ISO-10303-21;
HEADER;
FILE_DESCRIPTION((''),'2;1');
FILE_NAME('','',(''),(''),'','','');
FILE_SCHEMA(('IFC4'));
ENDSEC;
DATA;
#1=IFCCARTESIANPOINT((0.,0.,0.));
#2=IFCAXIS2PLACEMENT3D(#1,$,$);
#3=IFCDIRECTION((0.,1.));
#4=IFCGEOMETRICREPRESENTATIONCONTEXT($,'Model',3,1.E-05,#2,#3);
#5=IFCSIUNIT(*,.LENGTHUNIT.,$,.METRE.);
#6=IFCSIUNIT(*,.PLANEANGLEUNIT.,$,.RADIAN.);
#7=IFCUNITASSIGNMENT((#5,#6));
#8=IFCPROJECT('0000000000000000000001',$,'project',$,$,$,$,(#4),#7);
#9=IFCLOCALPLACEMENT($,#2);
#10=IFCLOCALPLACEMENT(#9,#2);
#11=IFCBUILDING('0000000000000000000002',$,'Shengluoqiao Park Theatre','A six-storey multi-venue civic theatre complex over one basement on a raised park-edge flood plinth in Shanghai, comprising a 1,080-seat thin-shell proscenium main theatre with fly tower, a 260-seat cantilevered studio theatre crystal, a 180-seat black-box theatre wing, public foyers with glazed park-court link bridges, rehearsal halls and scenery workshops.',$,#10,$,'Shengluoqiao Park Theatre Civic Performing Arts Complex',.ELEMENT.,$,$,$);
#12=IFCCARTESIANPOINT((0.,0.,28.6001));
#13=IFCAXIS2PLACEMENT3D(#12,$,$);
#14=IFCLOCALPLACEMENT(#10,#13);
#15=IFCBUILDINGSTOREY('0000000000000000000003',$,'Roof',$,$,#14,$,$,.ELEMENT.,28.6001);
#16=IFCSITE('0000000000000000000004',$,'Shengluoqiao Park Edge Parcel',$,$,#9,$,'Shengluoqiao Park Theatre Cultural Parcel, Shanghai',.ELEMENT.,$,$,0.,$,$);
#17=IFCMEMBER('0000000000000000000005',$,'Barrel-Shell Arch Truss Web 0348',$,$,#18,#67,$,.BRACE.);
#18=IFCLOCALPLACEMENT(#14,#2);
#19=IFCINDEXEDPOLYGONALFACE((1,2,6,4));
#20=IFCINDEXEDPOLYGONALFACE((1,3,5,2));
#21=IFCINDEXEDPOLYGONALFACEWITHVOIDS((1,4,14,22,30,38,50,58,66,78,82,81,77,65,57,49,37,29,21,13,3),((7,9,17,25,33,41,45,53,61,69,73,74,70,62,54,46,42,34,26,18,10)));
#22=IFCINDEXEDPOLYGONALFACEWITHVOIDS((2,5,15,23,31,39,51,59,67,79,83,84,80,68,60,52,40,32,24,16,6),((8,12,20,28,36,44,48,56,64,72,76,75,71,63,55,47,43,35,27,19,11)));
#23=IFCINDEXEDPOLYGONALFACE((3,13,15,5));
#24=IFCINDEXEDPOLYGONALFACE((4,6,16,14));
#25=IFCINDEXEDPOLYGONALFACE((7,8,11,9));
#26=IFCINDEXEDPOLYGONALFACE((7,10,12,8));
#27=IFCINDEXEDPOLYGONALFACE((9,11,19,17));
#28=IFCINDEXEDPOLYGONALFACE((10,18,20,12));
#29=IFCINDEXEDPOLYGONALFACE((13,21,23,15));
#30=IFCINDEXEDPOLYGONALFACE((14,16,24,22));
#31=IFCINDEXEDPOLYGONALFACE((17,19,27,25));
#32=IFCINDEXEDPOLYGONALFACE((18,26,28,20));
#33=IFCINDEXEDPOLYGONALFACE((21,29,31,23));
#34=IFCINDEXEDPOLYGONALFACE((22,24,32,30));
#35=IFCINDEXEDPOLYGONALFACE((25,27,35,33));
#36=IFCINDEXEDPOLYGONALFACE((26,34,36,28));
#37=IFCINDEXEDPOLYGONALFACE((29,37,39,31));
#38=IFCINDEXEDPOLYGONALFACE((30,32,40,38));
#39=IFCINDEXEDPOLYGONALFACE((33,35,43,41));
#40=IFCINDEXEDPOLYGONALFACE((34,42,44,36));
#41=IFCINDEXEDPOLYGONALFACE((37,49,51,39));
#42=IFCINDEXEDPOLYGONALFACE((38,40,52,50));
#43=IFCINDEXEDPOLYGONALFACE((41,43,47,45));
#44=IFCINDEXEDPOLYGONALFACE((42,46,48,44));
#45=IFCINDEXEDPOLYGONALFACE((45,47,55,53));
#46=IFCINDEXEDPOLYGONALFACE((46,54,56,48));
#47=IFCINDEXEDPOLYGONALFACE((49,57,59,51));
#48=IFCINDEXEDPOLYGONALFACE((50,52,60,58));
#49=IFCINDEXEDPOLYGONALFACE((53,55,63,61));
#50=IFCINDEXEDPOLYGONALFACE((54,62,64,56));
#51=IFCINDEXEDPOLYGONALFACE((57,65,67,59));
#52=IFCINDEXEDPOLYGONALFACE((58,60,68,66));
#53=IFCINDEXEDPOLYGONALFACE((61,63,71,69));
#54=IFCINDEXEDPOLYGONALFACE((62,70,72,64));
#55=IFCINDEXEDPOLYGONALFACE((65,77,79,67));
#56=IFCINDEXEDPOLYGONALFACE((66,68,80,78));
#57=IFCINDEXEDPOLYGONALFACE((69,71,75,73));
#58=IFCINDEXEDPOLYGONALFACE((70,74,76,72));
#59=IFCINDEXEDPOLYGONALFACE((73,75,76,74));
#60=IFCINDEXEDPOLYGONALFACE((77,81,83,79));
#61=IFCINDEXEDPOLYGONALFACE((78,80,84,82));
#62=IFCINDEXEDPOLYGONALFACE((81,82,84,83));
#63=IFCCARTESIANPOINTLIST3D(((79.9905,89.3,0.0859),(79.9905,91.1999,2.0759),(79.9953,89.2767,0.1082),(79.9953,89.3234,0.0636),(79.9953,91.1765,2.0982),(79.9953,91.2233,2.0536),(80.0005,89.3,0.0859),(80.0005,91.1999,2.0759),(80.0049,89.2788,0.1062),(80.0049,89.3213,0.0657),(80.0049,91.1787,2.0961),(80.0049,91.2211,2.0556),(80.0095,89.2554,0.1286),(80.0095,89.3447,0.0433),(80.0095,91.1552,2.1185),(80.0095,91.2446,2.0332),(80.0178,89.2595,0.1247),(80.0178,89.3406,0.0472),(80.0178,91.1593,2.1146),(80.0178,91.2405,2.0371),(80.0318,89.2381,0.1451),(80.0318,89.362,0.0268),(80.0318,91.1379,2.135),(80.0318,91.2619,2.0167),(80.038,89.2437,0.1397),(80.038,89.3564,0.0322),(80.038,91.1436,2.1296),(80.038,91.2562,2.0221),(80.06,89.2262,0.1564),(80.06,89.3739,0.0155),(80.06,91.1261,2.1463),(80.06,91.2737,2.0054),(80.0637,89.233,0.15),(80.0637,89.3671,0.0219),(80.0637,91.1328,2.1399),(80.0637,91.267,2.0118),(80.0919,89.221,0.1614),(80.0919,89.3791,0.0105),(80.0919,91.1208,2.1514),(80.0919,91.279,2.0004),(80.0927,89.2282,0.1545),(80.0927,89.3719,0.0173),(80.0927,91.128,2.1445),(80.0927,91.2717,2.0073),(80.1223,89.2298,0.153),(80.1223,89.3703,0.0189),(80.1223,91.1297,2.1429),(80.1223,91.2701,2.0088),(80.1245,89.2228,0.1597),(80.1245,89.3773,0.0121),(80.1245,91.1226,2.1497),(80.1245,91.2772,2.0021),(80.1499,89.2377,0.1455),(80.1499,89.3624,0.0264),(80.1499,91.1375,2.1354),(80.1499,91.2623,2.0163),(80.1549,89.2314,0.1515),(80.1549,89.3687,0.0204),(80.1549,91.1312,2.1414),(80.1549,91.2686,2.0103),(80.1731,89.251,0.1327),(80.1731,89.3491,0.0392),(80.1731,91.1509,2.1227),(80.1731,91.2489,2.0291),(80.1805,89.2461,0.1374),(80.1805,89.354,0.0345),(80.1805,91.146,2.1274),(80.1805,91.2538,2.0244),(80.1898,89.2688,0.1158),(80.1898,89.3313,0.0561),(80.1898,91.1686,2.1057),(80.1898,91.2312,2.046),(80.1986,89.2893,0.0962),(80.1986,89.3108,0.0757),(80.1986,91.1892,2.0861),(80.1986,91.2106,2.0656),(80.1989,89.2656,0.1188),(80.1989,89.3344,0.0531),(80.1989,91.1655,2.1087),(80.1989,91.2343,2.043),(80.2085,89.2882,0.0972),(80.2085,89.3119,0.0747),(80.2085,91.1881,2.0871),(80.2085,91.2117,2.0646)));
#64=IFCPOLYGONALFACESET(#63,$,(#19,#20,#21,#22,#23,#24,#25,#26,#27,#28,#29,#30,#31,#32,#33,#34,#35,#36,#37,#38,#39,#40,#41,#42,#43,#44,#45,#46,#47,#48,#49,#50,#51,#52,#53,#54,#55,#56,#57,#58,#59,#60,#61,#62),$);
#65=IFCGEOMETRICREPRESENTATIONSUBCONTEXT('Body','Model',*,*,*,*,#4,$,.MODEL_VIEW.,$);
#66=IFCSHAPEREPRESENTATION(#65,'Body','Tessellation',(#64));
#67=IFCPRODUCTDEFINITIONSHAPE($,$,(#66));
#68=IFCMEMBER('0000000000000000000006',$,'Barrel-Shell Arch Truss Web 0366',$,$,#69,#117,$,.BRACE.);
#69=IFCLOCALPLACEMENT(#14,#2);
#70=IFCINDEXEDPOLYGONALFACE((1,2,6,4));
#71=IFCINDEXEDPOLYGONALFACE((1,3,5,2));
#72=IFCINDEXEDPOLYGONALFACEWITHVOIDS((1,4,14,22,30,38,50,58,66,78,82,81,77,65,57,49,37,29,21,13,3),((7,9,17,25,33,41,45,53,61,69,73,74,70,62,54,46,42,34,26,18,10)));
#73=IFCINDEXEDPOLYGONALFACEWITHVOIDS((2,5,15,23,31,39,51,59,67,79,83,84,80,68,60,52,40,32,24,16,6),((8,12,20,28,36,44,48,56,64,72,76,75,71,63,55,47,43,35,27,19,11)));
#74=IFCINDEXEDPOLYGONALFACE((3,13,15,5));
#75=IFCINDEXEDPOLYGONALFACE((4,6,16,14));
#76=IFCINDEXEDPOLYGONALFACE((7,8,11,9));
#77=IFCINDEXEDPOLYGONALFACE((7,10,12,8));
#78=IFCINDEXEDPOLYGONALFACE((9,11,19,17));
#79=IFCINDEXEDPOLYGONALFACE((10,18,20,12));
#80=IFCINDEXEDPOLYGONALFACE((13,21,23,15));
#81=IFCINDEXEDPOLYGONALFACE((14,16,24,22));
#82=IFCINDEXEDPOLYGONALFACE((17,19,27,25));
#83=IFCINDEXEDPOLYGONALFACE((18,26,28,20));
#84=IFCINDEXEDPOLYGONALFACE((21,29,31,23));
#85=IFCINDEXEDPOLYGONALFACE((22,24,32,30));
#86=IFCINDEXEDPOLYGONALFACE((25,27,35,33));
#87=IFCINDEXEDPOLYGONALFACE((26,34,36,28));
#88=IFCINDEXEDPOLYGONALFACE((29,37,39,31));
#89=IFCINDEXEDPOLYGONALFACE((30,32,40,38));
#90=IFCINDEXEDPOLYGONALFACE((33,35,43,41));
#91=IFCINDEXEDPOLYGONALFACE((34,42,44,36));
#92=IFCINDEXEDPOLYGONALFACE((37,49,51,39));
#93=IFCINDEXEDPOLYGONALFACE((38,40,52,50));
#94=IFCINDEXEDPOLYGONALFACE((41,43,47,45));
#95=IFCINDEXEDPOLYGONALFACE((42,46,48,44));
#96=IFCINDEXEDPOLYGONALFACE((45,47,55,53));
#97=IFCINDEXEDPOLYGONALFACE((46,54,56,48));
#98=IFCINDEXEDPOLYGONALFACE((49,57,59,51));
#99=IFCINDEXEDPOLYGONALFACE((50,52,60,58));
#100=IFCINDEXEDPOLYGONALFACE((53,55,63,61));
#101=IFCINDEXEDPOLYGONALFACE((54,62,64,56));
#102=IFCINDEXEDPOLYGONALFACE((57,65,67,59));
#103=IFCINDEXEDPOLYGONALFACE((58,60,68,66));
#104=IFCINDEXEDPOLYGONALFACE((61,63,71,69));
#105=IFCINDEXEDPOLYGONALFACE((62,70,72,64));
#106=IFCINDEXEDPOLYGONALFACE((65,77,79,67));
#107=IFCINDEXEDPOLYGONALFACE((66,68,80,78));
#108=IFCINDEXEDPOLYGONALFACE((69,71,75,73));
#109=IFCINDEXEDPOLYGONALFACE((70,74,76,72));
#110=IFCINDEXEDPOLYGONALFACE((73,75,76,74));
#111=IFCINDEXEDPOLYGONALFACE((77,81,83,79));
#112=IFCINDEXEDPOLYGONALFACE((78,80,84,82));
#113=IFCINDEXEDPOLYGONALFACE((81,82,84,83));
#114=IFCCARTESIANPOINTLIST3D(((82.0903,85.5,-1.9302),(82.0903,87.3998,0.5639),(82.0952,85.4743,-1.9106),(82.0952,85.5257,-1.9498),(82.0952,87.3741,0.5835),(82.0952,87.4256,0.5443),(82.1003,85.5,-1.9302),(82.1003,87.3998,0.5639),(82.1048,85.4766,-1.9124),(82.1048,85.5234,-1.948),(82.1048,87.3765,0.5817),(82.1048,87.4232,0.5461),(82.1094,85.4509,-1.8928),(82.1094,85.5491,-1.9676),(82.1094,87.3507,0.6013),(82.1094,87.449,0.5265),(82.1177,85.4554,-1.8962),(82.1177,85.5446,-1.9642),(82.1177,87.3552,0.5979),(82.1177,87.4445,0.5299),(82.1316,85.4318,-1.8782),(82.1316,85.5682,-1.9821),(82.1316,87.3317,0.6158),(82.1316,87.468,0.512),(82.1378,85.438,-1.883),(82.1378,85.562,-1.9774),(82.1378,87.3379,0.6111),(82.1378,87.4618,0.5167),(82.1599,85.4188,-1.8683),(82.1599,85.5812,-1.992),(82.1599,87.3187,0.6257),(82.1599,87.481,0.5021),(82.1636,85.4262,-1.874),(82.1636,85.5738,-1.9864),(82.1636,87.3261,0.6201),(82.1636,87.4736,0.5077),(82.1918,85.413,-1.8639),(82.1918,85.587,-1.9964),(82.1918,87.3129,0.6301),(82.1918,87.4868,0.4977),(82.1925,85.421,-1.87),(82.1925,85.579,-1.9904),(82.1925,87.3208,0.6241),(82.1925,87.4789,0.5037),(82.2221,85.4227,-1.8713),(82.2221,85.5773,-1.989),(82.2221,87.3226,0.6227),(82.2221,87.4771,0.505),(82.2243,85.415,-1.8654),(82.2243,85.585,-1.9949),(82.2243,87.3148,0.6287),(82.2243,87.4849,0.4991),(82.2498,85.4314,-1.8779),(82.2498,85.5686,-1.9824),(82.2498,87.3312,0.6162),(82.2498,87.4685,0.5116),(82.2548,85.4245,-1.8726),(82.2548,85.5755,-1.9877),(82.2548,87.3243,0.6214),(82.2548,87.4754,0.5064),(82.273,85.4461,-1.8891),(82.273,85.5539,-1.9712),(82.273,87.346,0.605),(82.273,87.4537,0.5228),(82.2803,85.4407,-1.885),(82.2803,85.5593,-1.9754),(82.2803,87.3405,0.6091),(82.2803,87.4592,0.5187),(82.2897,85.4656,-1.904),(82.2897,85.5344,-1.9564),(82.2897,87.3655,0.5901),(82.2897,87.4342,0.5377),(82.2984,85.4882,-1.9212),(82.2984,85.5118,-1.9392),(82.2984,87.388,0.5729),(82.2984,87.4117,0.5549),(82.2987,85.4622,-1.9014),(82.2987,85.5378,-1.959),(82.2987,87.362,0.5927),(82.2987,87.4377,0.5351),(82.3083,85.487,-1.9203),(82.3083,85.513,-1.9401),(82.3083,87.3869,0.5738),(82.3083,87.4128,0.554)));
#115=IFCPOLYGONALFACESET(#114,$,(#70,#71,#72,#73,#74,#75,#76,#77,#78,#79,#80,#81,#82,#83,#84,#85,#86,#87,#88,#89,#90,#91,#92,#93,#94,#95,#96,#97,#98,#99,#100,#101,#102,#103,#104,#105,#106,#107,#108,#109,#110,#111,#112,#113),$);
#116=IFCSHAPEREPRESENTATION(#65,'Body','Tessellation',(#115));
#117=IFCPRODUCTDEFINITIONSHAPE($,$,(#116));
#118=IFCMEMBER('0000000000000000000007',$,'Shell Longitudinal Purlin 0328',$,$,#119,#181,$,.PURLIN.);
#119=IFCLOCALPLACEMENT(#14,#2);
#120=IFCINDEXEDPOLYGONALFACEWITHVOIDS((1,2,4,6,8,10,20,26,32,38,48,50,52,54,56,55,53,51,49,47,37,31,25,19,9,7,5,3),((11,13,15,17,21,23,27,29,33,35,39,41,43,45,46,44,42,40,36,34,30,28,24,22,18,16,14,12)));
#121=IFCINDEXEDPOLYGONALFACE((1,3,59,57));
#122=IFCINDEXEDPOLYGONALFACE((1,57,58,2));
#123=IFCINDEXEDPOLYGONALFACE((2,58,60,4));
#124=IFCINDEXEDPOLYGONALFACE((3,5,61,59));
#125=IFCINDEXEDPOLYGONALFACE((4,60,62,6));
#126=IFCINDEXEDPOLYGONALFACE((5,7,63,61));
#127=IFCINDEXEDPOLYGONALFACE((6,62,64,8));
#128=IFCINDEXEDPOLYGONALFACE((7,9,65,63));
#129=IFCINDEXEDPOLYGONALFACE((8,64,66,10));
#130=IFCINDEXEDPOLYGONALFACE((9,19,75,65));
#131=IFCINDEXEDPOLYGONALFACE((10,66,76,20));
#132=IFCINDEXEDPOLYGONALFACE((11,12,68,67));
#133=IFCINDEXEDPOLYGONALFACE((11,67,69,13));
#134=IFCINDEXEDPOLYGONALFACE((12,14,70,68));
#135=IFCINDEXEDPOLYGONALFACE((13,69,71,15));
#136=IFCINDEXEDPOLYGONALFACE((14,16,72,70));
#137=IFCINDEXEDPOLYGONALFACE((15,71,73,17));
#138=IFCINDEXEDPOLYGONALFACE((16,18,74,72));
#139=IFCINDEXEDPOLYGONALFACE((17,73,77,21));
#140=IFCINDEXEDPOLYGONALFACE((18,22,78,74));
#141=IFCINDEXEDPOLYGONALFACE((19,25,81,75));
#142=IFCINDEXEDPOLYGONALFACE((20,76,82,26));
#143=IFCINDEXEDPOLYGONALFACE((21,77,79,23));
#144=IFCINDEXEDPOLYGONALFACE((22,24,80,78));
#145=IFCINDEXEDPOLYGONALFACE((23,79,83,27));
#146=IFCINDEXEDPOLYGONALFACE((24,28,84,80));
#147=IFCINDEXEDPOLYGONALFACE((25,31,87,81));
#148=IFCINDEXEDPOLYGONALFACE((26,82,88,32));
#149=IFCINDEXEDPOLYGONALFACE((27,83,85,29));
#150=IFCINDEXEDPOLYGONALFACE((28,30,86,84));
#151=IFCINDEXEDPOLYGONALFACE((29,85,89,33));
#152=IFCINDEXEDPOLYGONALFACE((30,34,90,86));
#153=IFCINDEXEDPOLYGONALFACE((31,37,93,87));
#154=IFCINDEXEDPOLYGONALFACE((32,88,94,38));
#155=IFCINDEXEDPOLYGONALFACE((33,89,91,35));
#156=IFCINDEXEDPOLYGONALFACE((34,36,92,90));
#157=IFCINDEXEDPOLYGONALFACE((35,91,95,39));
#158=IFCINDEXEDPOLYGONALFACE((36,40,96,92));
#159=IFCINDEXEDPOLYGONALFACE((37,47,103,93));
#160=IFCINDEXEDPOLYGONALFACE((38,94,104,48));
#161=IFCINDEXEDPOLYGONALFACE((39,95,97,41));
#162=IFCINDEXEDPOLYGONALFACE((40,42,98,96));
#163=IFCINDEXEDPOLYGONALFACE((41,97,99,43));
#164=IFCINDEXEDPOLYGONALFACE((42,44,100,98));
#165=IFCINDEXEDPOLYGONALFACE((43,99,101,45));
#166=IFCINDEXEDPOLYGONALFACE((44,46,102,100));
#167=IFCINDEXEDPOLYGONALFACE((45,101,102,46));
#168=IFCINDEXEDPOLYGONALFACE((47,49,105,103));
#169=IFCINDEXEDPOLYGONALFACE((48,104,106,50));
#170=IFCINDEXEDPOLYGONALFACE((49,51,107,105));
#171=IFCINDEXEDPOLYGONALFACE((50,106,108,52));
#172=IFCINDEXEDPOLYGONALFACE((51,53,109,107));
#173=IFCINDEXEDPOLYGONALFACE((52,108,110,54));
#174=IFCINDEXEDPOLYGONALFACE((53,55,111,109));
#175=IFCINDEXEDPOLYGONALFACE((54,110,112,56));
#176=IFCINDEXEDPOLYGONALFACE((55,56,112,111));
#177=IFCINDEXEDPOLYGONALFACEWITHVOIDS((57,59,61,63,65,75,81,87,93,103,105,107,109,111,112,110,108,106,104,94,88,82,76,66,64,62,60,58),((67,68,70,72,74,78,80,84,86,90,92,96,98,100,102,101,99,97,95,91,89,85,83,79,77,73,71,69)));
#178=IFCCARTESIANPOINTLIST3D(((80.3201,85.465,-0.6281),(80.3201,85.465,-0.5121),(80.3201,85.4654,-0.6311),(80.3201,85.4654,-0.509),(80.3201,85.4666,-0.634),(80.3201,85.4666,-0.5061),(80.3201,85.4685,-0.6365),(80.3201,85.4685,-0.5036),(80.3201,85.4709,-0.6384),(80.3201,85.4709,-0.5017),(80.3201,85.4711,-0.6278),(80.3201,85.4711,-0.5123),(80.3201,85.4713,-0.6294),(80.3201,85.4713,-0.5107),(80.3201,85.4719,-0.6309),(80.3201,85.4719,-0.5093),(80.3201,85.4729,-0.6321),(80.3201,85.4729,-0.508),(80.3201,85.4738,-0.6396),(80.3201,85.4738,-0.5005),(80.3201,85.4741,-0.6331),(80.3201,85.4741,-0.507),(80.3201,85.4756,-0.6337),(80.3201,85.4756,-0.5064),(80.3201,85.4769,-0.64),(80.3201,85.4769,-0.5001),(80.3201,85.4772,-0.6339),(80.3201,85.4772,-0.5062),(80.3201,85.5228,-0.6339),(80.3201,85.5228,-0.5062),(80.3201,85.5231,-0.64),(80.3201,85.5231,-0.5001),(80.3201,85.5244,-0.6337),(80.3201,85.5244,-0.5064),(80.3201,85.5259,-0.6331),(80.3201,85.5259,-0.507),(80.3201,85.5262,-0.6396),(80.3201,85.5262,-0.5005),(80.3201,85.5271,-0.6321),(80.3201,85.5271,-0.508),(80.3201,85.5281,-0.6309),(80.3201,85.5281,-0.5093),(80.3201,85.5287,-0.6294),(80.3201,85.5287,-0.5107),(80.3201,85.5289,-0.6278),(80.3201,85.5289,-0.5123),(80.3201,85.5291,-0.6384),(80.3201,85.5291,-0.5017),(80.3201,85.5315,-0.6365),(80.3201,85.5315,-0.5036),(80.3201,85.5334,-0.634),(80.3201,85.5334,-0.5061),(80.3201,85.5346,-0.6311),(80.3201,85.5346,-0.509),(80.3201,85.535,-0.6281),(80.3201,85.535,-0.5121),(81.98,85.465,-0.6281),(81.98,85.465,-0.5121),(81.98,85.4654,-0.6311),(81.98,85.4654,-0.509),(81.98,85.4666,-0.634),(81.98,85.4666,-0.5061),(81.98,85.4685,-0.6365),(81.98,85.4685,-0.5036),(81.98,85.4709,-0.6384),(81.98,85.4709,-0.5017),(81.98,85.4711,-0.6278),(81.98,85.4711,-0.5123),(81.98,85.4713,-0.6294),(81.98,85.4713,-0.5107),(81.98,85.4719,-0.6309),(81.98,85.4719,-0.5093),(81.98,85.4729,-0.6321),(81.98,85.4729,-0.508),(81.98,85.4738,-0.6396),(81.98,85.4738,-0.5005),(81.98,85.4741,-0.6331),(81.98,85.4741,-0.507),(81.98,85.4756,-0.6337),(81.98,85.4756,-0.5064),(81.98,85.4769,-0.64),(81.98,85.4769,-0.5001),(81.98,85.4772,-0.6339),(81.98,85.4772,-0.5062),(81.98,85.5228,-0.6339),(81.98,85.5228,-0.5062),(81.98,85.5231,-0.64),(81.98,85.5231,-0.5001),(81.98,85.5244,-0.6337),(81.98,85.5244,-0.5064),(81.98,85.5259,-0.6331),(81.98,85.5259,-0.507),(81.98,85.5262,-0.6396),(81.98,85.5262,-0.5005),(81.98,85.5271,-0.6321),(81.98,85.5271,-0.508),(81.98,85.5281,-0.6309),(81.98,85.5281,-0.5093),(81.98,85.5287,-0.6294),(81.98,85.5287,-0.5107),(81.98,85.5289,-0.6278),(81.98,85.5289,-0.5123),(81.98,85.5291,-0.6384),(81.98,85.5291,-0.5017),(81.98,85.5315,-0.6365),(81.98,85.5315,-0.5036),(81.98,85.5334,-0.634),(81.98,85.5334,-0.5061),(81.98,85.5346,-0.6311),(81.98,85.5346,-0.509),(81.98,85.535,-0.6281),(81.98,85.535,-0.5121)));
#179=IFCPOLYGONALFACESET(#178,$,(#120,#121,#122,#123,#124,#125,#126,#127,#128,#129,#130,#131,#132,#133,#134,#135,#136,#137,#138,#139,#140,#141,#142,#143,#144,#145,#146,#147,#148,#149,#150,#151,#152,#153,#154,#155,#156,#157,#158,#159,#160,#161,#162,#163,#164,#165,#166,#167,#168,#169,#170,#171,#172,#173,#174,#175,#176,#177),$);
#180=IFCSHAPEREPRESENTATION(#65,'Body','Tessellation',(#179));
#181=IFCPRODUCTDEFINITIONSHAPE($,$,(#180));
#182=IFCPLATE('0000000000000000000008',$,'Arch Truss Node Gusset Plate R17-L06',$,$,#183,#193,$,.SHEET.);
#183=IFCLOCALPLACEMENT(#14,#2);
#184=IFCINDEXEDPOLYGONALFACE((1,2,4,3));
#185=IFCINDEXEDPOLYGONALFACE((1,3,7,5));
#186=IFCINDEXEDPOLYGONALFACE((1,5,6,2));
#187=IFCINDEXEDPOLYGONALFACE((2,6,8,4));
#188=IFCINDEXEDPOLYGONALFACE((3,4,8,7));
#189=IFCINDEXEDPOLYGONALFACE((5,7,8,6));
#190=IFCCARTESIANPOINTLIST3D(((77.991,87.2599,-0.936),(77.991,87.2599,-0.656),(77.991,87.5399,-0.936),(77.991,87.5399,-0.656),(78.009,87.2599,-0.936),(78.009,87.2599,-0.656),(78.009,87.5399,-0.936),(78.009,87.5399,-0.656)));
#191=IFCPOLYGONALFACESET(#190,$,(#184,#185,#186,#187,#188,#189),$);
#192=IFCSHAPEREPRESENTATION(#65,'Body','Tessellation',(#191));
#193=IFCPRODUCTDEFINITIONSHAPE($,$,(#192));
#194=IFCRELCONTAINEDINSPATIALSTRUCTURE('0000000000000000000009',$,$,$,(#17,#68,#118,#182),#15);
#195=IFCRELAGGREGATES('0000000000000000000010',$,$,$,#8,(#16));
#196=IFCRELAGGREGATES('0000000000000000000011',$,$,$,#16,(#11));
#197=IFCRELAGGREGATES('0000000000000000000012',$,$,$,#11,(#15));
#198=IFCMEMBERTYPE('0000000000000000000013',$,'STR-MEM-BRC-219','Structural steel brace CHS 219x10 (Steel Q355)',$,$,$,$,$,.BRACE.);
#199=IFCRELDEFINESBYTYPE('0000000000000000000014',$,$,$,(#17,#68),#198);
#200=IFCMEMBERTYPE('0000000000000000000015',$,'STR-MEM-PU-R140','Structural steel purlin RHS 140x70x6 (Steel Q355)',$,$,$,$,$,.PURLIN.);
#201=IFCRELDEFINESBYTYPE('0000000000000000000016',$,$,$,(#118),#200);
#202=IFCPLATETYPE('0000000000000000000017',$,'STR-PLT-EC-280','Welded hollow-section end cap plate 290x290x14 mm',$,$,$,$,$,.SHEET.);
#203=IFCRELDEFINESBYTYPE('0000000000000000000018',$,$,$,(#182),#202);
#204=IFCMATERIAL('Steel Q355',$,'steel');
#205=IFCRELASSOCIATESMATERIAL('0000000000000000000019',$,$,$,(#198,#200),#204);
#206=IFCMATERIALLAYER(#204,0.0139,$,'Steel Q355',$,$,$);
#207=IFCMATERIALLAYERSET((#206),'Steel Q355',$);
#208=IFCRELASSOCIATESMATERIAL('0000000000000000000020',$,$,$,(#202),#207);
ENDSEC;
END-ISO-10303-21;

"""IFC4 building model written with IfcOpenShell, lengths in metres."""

from ifc_helpers import new_model, si_unit, direction, frame, origin, origin_2d, place, context, subcontext, project, spatial, rectangle, hollow_rectangle, hollow_circle, extrude, material, layer, layer_set, material_profile, profile_set, type_object, element, save


model = new_model("IFC4")

# Units and contexts
model_context = context("Model", 3, precision=1e-05, world=origin(), true_north=direction((0.0, 1.0)))
body_context = subcontext(model_context, "Body", "Model", "MODEL_VIEW")
ifc_project = project(units=[si_unit("LENGTHUNIT", "METRE"), si_unit("PLANEANGLEUNIT", "RADIAN")], contexts=[model_context])

# Site, building, storey
site_placement = place(None, origin())
site = spatial("IfcSite", under=ifc_project, at=site_placement, Name="Shengluoqiao Park Edge Parcel", LongName="Shengluoqiao Park Theatre Cultural Parcel, Shanghai", CompositionType="ELEMENT", RefElevation=0.0)
building_placement = place(site_placement, origin())
building = spatial("IfcBuilding", under=site, at=building_placement, Name="Shengluoqiao Park Theatre", Description="A six-storey multi-venue civic theatre complex over one basement on a raised park-edge flood plinth in Shanghai, comprising a 1,080-seat thin-shell proscenium main theatre with fly tower, a 260-seat cantilevered studio theatre crystal, a 180-seat black-box theatre wing, public foyers with glazed park-court link bridges, rehearsal halls and scenery workshops.", LongName="Shengluoqiao Park Theatre Civic Performing Arts Complex", CompositionType="ELEMENT")
storey_placement = place(building_placement, frame((0.0, 0.0, 28.6001)))
storey = spatial("IfcBuildingStorey", under=building, at=storey_placement, Name="Roof", CompositionType="ELEMENT", Elevation=28.6001)

# Shared definitions
ifc_material_1 = material(Name="Steel Q355", Category="steel")

# Members
ifc_material_profile_1 = material_profile(ifc_material_1, hollow_circle(Radius=0.1096, WallThickness=0.01, at=origin_2d()), Name="CHS 219x10")
ifc_profile_set_1 = profile_set([ifc_material_profile_1], Name="Steel Q355")
member_type_1 = type_object("IfcMemberType", Name="STR-MEM-BRC-219", Description="Structural steel brace CHS 219x10 (Steel Q355)", PredefinedType="BRACE", material=ifc_profile_set_1)
member_1_placement = place(storey_placement, frame((80.1001, 89.3, 0.0859), z_axis=(0.0, 0.690545, 0.723289), x_axis=(-1.0, 0.0, 0.0)))
element("IfcMember", 1, at=member_1_placement, inside=storey, type_object=member_type_1, Name="Barrel-Shell Arch Truss Web 0348", PredefinedType="BRACE", context=body_context, shape_type="SweptSolid", body=[
    extrude(hollow_circle(Radius=0.1096, WallThickness=0.01, at=origin_2d()), origin(), (0.0, 0.0, 1.0), 2.7512),
])
member_2_placement = place(storey_placement, frame((82.2, 85.5, -1.9302), z_axis=(0.0, 0.605963, 0.795492), x_axis=(-1.0, 0.0, 0.0)))
element("IfcMember", 2, at=member_2_placement, inside=storey, type_object=member_type_1, Name="Barrel-Shell Arch Truss Web 0366", PredefinedType="BRACE", context=body_context, shape_type="SweptSolid", body=[
    extrude(hollow_circle(Radius=0.1096, WallThickness=0.01, at=origin_2d()), origin(), (0.0, 0.0, 1.0), 3.1353),
])
ifc_material_profile_2 = material_profile(ifc_material_1, hollow_rectangle(XDim=0.0701, YDim=0.1399, WallThickness=0.0061, InnerFilletRadius=0.0061, OuterFilletRadius=0.012, at=origin_2d()), Name="RHS 140x70x6")
ifc_profile_set_2 = profile_set([ifc_material_profile_2], Name="Steel Q355")
member_type_2 = type_object("IfcMemberType", Name="STR-MEM-PU-R140", Description="Structural steel purlin RHS 140x70x6 (Steel Q355)", PredefinedType="PURLIN", material=ifc_profile_set_2)
member_3_placement = place(storey_placement, frame((80.3201, 85.5, -0.5701), z_axis=(1.0, 0.0, 0.0), x_axis=(0.0, 1.0, 0.0)))
element("IfcMember", 3, at=member_3_placement, inside=storey, type_object=member_type_2, Name="Shell Longitudinal Purlin 0328", PredefinedType="PURLIN", context=body_context, shape_type="SweptSolid", body=[
    extrude(hollow_rectangle(XDim=0.0701, YDim=0.1399, WallThickness=0.0061, InnerFilletRadius=0.0061, OuterFilletRadius=0.012, at=origin_2d()), origin(), (0.0, 0.0, 1.0), 1.6599),
])

# Plate
ifc_layer_1 = layer(ifc_material_1, 0.0139, Name="Steel Q355")
ifc_layer_set_1 = layer_set([ifc_layer_1], Name="Steel Q355")
plate_type_1 = type_object("IfcPlateType", Name="STR-PLT-EC-280", Description="Welded hollow-section end cap plate 290x290x14 mm", PredefinedType="SHEET", material=ifc_layer_set_1)
for number, where, z_axis, x_axis, name in (
    (4, (78.0, 87.3999, -0.936), (0.0, 0.0, 1.0), (1.0, 0.0, 0.0), "Arch Truss Node Gusset Plate R17-L06"),
):
    element("IfcPlate", number, at=place(storey_placement, frame(where, z_axis=z_axis, x_axis=x_axis)), inside=storey, type_object=plate_type_1, Name=name, PredefinedType="SHEET", context=body_context, shape_type="SweptSolid", body=[
        extrude(rectangle(XDim=0.0181, YDim=0.28, at=origin_2d()), origin(), (0.0, 0.0, 1.0), 0.28),
    ])

save(model, "model.ifc")
